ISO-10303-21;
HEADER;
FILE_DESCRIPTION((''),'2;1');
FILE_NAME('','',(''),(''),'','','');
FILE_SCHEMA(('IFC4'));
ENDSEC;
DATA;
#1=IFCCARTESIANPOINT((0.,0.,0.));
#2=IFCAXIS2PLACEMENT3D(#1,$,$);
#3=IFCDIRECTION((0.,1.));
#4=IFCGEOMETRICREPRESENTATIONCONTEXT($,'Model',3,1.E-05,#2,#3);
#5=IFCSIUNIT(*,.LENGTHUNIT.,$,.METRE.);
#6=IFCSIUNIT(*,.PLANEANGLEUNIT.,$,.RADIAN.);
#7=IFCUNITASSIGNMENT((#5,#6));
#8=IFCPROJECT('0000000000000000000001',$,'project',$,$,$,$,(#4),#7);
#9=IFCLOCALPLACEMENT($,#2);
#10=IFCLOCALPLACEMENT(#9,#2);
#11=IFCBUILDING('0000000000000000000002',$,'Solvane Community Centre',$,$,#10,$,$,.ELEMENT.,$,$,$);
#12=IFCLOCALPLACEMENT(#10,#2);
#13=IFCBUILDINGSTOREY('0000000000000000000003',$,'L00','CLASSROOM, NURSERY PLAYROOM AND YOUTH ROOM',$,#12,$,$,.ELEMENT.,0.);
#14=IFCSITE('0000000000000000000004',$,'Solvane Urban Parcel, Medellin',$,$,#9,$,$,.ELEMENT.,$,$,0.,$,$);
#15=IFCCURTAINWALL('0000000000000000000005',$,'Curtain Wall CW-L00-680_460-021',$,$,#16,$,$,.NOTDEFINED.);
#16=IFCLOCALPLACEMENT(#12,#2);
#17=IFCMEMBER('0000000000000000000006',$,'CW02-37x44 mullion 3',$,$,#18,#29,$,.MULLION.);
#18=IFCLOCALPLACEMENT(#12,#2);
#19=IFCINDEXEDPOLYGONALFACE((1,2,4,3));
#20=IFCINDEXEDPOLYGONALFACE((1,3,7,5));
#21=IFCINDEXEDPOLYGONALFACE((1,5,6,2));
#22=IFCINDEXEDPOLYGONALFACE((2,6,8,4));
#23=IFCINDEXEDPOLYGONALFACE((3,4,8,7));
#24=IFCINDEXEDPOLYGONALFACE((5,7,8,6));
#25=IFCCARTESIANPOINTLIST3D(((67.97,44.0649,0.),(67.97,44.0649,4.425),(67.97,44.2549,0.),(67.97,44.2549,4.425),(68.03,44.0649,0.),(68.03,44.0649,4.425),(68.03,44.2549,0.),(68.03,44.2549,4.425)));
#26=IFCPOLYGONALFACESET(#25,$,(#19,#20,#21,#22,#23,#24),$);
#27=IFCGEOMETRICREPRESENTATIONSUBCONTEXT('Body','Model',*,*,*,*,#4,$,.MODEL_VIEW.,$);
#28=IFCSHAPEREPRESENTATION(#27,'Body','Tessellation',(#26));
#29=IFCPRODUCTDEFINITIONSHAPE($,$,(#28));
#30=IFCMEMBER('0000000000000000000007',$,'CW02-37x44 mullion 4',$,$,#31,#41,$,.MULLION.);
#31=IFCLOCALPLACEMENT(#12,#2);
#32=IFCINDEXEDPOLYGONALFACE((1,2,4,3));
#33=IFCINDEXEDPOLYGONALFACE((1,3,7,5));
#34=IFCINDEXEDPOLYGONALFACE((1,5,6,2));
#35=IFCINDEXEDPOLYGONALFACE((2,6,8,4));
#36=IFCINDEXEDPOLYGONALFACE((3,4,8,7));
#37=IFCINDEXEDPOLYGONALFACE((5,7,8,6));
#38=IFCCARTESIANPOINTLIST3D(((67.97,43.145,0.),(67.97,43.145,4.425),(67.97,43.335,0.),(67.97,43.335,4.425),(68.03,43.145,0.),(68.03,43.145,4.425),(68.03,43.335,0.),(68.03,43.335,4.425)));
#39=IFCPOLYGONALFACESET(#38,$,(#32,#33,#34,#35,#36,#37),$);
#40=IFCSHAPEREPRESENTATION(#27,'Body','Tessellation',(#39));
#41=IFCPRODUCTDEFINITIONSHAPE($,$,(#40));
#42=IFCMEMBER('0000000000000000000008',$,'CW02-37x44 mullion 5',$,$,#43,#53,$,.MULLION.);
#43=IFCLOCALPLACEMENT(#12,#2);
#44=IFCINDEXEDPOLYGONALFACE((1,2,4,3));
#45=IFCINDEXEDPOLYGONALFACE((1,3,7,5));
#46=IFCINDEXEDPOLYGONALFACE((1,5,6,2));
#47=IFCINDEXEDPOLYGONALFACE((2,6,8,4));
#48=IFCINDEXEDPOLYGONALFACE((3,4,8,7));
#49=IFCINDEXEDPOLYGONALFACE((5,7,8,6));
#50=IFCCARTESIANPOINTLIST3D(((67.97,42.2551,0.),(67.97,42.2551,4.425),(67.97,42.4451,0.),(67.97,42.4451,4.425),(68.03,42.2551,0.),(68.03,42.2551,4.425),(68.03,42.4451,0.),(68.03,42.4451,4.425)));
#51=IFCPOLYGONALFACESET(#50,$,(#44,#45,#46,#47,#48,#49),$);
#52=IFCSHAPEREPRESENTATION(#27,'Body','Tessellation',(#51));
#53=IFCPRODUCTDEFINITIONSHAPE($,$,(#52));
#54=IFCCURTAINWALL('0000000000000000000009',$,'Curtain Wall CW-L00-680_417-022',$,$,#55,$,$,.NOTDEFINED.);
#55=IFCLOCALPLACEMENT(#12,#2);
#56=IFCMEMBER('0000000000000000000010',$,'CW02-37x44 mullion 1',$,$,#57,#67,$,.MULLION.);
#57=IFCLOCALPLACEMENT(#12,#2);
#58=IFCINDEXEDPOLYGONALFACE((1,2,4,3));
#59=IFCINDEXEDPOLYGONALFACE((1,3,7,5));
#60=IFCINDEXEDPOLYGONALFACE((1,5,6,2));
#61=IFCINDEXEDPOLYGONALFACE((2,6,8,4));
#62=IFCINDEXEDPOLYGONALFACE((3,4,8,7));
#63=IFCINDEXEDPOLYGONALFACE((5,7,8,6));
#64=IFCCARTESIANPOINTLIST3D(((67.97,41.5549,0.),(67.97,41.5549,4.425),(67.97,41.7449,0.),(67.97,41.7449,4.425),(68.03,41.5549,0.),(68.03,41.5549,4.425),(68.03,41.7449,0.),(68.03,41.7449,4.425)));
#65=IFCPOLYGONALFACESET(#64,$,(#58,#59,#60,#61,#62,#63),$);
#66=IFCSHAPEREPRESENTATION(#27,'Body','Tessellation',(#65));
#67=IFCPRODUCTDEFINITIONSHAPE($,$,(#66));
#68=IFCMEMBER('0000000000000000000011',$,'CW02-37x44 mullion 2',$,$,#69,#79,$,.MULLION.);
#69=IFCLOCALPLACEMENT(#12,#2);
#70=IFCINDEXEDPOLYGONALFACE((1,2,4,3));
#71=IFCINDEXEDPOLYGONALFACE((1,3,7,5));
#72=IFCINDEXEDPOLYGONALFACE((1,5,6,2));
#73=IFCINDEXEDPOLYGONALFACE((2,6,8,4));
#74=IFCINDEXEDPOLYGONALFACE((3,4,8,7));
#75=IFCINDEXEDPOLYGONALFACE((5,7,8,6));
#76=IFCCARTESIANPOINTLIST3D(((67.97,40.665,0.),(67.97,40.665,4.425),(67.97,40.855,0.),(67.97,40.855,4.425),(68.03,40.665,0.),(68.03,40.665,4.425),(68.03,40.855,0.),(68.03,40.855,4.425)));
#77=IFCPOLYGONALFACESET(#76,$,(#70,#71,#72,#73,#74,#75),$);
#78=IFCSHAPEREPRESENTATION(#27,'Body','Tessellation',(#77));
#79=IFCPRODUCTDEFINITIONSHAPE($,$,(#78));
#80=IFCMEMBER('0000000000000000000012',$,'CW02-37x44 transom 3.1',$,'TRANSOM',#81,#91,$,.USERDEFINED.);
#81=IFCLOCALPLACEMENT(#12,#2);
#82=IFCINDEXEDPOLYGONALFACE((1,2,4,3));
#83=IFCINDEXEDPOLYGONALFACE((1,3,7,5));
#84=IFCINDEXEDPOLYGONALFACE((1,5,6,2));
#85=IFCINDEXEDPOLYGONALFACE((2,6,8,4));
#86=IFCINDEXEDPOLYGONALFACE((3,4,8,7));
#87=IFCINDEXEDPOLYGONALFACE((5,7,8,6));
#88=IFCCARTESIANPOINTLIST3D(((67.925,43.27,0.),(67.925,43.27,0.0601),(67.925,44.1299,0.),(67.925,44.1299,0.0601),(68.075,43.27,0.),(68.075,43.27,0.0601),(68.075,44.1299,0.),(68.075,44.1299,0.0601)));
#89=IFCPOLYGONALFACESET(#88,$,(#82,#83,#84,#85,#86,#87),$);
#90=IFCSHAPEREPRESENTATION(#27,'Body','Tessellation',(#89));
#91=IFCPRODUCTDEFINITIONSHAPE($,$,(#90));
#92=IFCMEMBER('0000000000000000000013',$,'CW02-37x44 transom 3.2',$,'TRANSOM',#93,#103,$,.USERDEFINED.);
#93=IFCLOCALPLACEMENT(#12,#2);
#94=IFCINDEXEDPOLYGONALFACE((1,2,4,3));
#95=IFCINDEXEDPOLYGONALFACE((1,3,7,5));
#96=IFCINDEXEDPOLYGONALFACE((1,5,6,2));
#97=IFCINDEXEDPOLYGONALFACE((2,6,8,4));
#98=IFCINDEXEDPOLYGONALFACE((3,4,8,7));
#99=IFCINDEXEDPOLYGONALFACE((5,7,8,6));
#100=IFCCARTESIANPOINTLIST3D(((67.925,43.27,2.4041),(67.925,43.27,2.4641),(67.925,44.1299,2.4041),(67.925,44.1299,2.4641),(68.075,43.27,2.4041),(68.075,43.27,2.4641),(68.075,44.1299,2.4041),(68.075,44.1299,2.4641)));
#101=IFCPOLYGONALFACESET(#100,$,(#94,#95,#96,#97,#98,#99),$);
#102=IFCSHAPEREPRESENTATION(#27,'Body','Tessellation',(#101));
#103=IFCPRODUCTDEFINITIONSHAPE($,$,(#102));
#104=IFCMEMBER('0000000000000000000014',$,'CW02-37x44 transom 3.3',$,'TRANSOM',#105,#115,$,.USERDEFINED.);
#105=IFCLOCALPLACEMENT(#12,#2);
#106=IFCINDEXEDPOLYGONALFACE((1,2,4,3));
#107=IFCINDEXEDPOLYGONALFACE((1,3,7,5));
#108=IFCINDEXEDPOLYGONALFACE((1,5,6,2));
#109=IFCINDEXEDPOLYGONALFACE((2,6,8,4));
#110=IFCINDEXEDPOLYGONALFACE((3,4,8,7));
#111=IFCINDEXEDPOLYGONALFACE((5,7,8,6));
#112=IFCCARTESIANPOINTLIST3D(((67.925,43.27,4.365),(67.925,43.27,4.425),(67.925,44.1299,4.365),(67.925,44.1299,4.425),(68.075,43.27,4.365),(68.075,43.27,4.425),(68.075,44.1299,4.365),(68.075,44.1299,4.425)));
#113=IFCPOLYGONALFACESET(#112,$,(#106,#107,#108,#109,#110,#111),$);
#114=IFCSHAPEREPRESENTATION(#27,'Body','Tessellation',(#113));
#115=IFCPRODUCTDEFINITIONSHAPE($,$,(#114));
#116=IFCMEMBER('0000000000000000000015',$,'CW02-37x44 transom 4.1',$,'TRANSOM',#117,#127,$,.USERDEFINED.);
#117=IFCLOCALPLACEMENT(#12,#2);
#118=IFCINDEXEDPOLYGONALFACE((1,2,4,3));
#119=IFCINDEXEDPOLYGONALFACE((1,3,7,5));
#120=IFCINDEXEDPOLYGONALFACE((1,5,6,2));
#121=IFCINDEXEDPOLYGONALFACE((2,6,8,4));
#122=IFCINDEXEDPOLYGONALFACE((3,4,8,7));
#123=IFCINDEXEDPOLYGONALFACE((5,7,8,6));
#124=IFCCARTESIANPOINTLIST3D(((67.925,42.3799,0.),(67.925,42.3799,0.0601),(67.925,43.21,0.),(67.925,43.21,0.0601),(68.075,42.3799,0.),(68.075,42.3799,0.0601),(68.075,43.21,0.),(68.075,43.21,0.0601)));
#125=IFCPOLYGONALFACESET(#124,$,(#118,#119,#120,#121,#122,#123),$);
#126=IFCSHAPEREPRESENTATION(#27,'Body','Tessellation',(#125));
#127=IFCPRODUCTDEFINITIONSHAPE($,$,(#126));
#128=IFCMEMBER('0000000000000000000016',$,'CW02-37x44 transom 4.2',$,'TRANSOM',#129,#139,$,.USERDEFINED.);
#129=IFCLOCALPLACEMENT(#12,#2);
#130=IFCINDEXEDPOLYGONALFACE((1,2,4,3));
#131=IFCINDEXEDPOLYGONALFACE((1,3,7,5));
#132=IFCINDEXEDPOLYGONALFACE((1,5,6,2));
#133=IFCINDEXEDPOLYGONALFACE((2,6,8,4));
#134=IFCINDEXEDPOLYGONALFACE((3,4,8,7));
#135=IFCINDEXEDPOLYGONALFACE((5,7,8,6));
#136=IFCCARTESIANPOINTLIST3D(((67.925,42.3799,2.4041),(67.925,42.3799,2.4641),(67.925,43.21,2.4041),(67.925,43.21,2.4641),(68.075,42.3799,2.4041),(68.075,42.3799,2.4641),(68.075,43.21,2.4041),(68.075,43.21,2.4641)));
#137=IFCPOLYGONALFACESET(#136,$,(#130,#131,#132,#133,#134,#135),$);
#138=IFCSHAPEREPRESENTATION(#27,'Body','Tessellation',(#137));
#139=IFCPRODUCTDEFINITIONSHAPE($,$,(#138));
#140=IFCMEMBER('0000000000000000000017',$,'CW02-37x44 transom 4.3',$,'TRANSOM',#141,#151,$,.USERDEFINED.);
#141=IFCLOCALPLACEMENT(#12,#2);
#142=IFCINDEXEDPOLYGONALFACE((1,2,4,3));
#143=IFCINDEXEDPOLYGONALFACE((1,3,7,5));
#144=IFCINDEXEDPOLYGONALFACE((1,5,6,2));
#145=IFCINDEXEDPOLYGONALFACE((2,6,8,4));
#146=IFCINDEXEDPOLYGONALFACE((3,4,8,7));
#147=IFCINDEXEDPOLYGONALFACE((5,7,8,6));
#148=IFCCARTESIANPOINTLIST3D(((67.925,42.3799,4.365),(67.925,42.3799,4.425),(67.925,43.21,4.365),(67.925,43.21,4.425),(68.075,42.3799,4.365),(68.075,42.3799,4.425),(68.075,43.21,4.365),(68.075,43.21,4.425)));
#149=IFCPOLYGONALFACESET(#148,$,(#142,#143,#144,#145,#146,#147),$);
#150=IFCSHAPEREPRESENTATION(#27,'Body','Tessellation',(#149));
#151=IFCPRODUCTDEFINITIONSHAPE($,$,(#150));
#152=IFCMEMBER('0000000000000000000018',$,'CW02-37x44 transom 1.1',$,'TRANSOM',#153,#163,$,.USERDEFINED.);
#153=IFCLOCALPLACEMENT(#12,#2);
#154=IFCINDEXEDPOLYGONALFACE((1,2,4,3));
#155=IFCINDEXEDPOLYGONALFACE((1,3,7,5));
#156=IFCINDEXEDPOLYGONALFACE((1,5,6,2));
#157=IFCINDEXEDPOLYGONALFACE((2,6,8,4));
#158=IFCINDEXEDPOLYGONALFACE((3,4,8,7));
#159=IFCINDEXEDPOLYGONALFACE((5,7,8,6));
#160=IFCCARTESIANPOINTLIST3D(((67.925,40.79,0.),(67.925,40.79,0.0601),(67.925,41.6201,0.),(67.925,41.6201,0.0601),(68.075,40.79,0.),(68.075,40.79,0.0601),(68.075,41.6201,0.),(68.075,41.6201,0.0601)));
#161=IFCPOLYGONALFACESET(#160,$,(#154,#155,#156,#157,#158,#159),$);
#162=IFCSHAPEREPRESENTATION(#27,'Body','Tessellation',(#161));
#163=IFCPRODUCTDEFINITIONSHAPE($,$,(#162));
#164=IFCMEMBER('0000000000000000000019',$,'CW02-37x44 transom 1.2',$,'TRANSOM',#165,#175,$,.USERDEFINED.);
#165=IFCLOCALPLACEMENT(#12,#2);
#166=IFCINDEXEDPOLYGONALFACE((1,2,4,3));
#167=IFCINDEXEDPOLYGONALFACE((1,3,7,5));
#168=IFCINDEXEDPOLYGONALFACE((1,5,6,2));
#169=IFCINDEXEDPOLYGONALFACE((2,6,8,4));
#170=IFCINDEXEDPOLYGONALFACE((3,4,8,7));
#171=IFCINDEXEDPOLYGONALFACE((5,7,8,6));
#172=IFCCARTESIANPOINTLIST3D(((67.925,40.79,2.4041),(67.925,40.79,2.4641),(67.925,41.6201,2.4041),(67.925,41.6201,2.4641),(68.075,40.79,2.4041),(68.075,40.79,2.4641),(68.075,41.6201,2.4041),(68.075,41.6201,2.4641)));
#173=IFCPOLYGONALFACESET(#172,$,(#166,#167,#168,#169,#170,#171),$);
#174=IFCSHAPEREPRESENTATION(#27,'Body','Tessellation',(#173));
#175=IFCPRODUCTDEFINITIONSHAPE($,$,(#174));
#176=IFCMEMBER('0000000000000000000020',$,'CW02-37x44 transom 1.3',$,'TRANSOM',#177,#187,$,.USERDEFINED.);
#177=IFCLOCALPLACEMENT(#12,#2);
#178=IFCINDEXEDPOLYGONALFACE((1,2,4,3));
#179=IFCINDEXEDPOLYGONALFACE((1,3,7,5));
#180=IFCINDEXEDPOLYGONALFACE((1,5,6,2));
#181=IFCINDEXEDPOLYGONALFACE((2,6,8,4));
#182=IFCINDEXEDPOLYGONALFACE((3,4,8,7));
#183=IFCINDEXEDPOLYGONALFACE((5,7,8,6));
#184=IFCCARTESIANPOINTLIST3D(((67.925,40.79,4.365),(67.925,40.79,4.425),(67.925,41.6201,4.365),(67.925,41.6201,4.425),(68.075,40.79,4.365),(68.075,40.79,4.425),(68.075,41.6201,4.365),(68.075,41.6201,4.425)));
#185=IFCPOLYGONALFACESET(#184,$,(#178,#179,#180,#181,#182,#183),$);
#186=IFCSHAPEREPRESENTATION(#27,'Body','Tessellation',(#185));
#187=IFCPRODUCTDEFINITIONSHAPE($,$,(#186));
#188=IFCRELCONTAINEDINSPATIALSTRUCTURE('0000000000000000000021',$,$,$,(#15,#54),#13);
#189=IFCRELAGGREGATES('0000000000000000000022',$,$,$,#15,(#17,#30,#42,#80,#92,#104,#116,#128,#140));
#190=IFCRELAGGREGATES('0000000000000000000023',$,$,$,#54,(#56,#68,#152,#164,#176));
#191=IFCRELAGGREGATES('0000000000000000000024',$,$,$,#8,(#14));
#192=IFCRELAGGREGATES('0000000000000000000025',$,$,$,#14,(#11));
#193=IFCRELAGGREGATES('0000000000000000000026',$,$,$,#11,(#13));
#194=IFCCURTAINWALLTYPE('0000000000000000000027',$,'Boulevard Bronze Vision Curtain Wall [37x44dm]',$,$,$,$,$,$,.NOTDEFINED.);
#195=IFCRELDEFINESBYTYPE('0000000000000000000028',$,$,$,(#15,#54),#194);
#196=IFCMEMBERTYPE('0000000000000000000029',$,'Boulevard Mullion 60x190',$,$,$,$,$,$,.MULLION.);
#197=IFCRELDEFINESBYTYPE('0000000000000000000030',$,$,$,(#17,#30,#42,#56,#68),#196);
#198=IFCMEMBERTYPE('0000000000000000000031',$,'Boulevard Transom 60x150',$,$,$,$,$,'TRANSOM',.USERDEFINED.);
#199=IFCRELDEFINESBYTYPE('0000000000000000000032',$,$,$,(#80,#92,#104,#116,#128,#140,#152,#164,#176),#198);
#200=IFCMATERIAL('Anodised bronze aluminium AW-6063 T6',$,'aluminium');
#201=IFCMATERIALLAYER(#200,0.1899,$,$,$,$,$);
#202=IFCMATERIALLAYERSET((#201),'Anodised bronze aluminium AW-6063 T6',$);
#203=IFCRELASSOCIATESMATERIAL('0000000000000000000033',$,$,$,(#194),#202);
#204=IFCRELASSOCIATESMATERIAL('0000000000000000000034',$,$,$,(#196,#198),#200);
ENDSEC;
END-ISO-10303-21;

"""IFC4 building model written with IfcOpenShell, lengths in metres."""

from ifc_helpers import new_model, si_unit, direction, frame, origin, origin_2d, place, context, subcontext, project, spatial, rectangle, extrude, material, layer, layer_set, material_profile, profile_set, type_object, element, aggregate, save


model = new_model("IFC4")

# Units and contexts
model_context = context("Model", 3, precision=1e-05, world=origin(), true_north=direction((0.0, 1.0)))
body_context = subcontext(model_context, "Body", "Model", "MODEL_VIEW")
ifc_project = project(units=[si_unit("LENGTHUNIT", "METRE"), si_unit("PLANEANGLEUNIT", "RADIAN")], contexts=[model_context])

# Site, building, storey
site_placement = place(None, origin())
site = spatial("IfcSite", under=ifc_project, at=site_placement, Name="Solvane Urban Parcel, Medellin", CompositionType="ELEMENT", RefElevation=0.0)
building_placement = place(site_placement, origin())
building = spatial("IfcBuilding", under=site, at=building_placement, Name="Solvane Community Centre", CompositionType="ELEMENT")
storey_placement = place(building_placement, origin())
storey = spatial("IfcBuildingStorey", under=building, at=storey_placement, Name="L00", Description="CLASSROOM, NURSERY PLAYROOM AND YOUTH ROOM", CompositionType="ELEMENT", Elevation=0.0)

# Curtain walls, members
ifc_material_1 = material(Name="Anodised bronze aluminium AW-6063 T6", Category="aluminium")
ifc_layer_1 = layer(ifc_material_1, 0.1899)
ifc_layer_set_1 = layer_set([ifc_layer_1], Name="Anodised bronze aluminium AW-6063 T6")
curtain_wall_type = type_object("IfcCurtainWallType", Name="Boulevard Bronze Vision Curtain Wall [37x44dm]", PredefinedType="NOTDEFINED", material=ifc_layer_set_1)
curtain_wall_1_placement = place(storey_placement, origin())
curtain_wall_1 = element("IfcCurtainWall", 1, at=curtain_wall_1_placement, inside=storey, type_object=curtain_wall_type, Name="Curtain Wall CW-L00-680_460-021", PredefinedType="NOTDEFINED")
ifc_material_profile_1 = material_profile(ifc_material_1, rectangle(XDim=0.0601, YDim=0.1899, at=origin_2d()), Name="CW-M 60x190")
ifc_profile_set_1 = profile_set([ifc_material_profile_1], Name="Anodised bronze aluminium AW-6063 T6")
member_type_1 = type_object("IfcMemberType", Name="Boulevard Mullion 60x190", PredefinedType="MULLION", material=ifc_profile_set_1)
member_1_placement = place(storey_placement, frame((68.0, 44.1599, 0.0), z_axis=(0.0, 0.0, 1.0), x_axis=(1.0, 0.0, 0.0)))
member_1 = element("IfcMember", 2, at=member_1_placement, type_object=member_type_1, Name="CW02-37x44 mullion 3", PredefinedType="MULLION", context=body_context, shape_type="SweptSolid", body=[
    extrude(rectangle(XDim=0.0601, YDim=0.1899, at=origin_2d()), origin(), (0.0, 0.0, 1.0), 4.425),
])
member_2_placement = place(storey_placement, frame((68.0, 43.24, 0.0), z_axis=(0.0, 0.0, 1.0), x_axis=(1.0, 0.0, 0.0)))
member_2 = element("IfcMember", 3, at=member_2_placement, type_object=member_type_1, Name="CW02-37x44 mullion 4", PredefinedType="MULLION", context=body_context, shape_type="SweptSolid", body=[
    extrude(rectangle(XDim=0.0601, YDim=0.1899, at=origin_2d()), origin(), (0.0, 0.0, 1.0), 4.425),
])
member_3_placement = place(storey_placement, frame((68.0, 42.3501, 0.0), z_axis=(0.0, 0.0, 1.0), x_axis=(1.0, 0.0, 0.0)))
member_3 = element("IfcMember", 4, at=member_3_placement, type_object=member_type_1, Name="CW02-37x44 mullion 5", PredefinedType="MULLION", context=body_context, shape_type="SweptSolid", body=[
    extrude(rectangle(XDim=0.0601, YDim=0.1899, at=origin_2d()), origin(), (0.0, 0.0, 1.0), 4.425),
])
curtain_wall_2_placement = place(storey_placement, origin())
curtain_wall_2 = element("IfcCurtainWall", 5, at=curtain_wall_2_placement, inside=storey, type_object=curtain_wall_type, Name="Curtain Wall CW-L00-680_417-022", PredefinedType="NOTDEFINED")
member_4_placement = place(storey_placement, frame((68.0, 41.6499, 0.0), z_axis=(0.0, 0.0, 1.0), x_axis=(1.0, 0.0, 0.0)))
member_4 = element("IfcMember", 6, at=member_4_placement, type_object=member_type_1, Name="CW02-37x44 mullion 1", PredefinedType="MULLION", context=body_context, shape_type="SweptSolid", body=[
    extrude(rectangle(XDim=0.0601, YDim=0.1899, at=origin_2d()), origin(), (0.0, 0.0, 1.0), 4.425),
])
member_5_placement = place(storey_placement, frame((68.0, 40.76, 0.0), z_axis=(0.0, 0.0, 1.0), x_axis=(1.0, 0.0, 0.0)))
member_5 = element("IfcMember", 7, at=member_5_placement, type_object=member_type_1, Name="CW02-37x44 mullion 2", PredefinedType="MULLION", context=body_context, shape_type="SweptSolid", body=[
    extrude(rectangle(XDim=0.0601, YDim=0.1899, at=origin_2d()), origin(), (0.0, 0.0, 1.0), 4.425),
])

# Members
ifc_material_profile_2 = material_profile(ifc_material_1, rectangle(XDim=0.1499, YDim=0.0601, at=origin_2d()), Name="CW-T 60x150")
ifc_profile_set_2 = profile_set([ifc_material_profile_2], Name="Anodised bronze aluminium AW-6063 T6")
member_type_2 = type_object("IfcMemberType", Name="Boulevard Transom 60x150", ElementType="TRANSOM", PredefinedType="USERDEFINED", material=ifc_profile_set_2)
member_6_placement = place(storey_placement, frame((68.0, 44.1299, 0.03), z_axis=(0.0, -1.0, 0.0), x_axis=(1.0, 0.0, 0.0)))
member_6 = element("IfcMember", 8, at=member_6_placement, type_object=member_type_2, Name="CW02-37x44 transom 3.1", ObjectType="TRANSOM", PredefinedType="USERDEFINED", context=body_context, shape_type="SweptSolid", body=[
    extrude(rectangle(XDim=0.1499, YDim=0.0601, at=origin_2d()), origin(), (0.0, 0.0, 1.0), 0.8599),
])
member_7_placement = place(storey_placement, frame((68.0, 44.1299, 2.4341), z_axis=(0.0, -1.0, 0.0), x_axis=(1.0, 0.0, 0.0)))
member_7 = element("IfcMember", 9, at=member_7_placement, type_object=member_type_2, Name="CW02-37x44 transom 3.2", ObjectType="TRANSOM", PredefinedType="USERDEFINED", context=body_context, shape_type="SweptSolid", body=[
    extrude(rectangle(XDim=0.1499, YDim=0.0601, at=origin_2d()), origin(), (0.0, 0.0, 1.0), 0.8599),
])
member_8_placement = place(storey_placement, frame((68.0, 44.1299, 4.395), z_axis=(0.0, -1.0, 0.0), x_axis=(1.0, 0.0, 0.0)))
member_8 = element("IfcMember", 10, at=member_8_placement, type_object=member_type_2, Name="CW02-37x44 transom 3.3", ObjectType="TRANSOM", PredefinedType="USERDEFINED", context=body_context, shape_type="SweptSolid", body=[
    extrude(rectangle(XDim=0.1499, YDim=0.0601, at=origin_2d()), origin(), (0.0, 0.0, 1.0), 0.8599),
])
member_9_placement = place(storey_placement, frame((68.0, 43.21, 0.03), z_axis=(0.0, -1.0, 0.0), x_axis=(1.0, 0.0, 0.0)))
member_9 = element("IfcMember", 11, at=member_9_placement, type_object=member_type_2, Name="CW02-37x44 transom 4.1", ObjectType="TRANSOM", PredefinedType="USERDEFINED", context=body_context, shape_type="SweptSolid", body=[
    extrude(rectangle(XDim=0.1499, YDim=0.0601, at=origin_2d()), origin(), (0.0, 0.0, 1.0), 0.8301),
])
member_10_placement = place(storey_placement, frame((68.0, 43.21, 2.4341), z_axis=(0.0, -1.0, 0.0), x_axis=(1.0, 0.0, 0.0)))
member_10 = element("IfcMember", 12, at=member_10_placement, type_object=member_type_2, Name="CW02-37x44 transom 4.2", ObjectType="TRANSOM", PredefinedType="USERDEFINED", context=body_context, shape_type="SweptSolid", body=[
    extrude(rectangle(XDim=0.1499, YDim=0.0601, at=origin_2d()), origin(), (0.0, 0.0, 1.0), 0.8301),
])
member_11_placement = place(storey_placement, frame((68.0, 43.21, 4.395), z_axis=(0.0, -1.0, 0.0), x_axis=(1.0, 0.0, 0.0)))
member_11 = element("IfcMember", 13, at=member_11_placement, type_object=member_type_2, Name="CW02-37x44 transom 4.3", ObjectType="TRANSOM", PredefinedType="USERDEFINED", context=body_context, shape_type="SweptSolid", body=[
    extrude(rectangle(XDim=0.1499, YDim=0.0601, at=origin_2d()), origin(), (0.0, 0.0, 1.0), 0.8301),
])
member_12_placement = place(storey_placement, frame((68.0, 41.6201, 0.03), z_axis=(0.0, -1.0, 0.0), x_axis=(1.0, 0.0, 0.0)))
member_12 = element("IfcMember", 14, at=member_12_placement, type_object=member_type_2, Name="CW02-37x44 transom 1.1", ObjectType="TRANSOM", PredefinedType="USERDEFINED", context=body_context, shape_type="SweptSolid", body=[
    extrude(rectangle(XDim=0.1499, YDim=0.0601, at=origin_2d()), origin(), (0.0, 0.0, 1.0), 0.8301),
])
member_13_placement = place(storey_placement, frame((68.0, 41.6201, 2.4341), z_axis=(0.0, -1.0, 0.0), x_axis=(1.0, 0.0, 0.0)))
member_13 = element("IfcMember", 15, at=member_13_placement, type_object=member_type_2, Name="CW02-37x44 transom 1.2", ObjectType="TRANSOM", PredefinedType="USERDEFINED", context=body_context, shape_type="SweptSolid", body=[
    extrude(rectangle(XDim=0.1499, YDim=0.0601, at=origin_2d()), origin(), (0.0, 0.0, 1.0), 0.8301),
])
member_14_placement = place(storey_placement, frame((68.0, 41.6201, 4.395), z_axis=(0.0, -1.0, 0.0), x_axis=(1.0, 0.0, 0.0)))
member_14 = element("IfcMember", 16, at=member_14_placement, type_object=member_type_2, Name="CW02-37x44 transom 1.3", ObjectType="TRANSOM", PredefinedType="USERDEFINED", context=body_context, shape_type="SweptSolid", body=[
    extrude(rectangle(XDim=0.1499, YDim=0.0601, at=origin_2d()), origin(), (0.0, 0.0, 1.0), 0.8301),
])

aggregate(curtain_wall_1, [member_1, member_2, member_3, member_6, member_7, member_8, member_9, member_10, member_11])
aggregate(curtain_wall_2, [member_4, member_5, member_12, member_13, member_14])

save(model, "model.ifc")
